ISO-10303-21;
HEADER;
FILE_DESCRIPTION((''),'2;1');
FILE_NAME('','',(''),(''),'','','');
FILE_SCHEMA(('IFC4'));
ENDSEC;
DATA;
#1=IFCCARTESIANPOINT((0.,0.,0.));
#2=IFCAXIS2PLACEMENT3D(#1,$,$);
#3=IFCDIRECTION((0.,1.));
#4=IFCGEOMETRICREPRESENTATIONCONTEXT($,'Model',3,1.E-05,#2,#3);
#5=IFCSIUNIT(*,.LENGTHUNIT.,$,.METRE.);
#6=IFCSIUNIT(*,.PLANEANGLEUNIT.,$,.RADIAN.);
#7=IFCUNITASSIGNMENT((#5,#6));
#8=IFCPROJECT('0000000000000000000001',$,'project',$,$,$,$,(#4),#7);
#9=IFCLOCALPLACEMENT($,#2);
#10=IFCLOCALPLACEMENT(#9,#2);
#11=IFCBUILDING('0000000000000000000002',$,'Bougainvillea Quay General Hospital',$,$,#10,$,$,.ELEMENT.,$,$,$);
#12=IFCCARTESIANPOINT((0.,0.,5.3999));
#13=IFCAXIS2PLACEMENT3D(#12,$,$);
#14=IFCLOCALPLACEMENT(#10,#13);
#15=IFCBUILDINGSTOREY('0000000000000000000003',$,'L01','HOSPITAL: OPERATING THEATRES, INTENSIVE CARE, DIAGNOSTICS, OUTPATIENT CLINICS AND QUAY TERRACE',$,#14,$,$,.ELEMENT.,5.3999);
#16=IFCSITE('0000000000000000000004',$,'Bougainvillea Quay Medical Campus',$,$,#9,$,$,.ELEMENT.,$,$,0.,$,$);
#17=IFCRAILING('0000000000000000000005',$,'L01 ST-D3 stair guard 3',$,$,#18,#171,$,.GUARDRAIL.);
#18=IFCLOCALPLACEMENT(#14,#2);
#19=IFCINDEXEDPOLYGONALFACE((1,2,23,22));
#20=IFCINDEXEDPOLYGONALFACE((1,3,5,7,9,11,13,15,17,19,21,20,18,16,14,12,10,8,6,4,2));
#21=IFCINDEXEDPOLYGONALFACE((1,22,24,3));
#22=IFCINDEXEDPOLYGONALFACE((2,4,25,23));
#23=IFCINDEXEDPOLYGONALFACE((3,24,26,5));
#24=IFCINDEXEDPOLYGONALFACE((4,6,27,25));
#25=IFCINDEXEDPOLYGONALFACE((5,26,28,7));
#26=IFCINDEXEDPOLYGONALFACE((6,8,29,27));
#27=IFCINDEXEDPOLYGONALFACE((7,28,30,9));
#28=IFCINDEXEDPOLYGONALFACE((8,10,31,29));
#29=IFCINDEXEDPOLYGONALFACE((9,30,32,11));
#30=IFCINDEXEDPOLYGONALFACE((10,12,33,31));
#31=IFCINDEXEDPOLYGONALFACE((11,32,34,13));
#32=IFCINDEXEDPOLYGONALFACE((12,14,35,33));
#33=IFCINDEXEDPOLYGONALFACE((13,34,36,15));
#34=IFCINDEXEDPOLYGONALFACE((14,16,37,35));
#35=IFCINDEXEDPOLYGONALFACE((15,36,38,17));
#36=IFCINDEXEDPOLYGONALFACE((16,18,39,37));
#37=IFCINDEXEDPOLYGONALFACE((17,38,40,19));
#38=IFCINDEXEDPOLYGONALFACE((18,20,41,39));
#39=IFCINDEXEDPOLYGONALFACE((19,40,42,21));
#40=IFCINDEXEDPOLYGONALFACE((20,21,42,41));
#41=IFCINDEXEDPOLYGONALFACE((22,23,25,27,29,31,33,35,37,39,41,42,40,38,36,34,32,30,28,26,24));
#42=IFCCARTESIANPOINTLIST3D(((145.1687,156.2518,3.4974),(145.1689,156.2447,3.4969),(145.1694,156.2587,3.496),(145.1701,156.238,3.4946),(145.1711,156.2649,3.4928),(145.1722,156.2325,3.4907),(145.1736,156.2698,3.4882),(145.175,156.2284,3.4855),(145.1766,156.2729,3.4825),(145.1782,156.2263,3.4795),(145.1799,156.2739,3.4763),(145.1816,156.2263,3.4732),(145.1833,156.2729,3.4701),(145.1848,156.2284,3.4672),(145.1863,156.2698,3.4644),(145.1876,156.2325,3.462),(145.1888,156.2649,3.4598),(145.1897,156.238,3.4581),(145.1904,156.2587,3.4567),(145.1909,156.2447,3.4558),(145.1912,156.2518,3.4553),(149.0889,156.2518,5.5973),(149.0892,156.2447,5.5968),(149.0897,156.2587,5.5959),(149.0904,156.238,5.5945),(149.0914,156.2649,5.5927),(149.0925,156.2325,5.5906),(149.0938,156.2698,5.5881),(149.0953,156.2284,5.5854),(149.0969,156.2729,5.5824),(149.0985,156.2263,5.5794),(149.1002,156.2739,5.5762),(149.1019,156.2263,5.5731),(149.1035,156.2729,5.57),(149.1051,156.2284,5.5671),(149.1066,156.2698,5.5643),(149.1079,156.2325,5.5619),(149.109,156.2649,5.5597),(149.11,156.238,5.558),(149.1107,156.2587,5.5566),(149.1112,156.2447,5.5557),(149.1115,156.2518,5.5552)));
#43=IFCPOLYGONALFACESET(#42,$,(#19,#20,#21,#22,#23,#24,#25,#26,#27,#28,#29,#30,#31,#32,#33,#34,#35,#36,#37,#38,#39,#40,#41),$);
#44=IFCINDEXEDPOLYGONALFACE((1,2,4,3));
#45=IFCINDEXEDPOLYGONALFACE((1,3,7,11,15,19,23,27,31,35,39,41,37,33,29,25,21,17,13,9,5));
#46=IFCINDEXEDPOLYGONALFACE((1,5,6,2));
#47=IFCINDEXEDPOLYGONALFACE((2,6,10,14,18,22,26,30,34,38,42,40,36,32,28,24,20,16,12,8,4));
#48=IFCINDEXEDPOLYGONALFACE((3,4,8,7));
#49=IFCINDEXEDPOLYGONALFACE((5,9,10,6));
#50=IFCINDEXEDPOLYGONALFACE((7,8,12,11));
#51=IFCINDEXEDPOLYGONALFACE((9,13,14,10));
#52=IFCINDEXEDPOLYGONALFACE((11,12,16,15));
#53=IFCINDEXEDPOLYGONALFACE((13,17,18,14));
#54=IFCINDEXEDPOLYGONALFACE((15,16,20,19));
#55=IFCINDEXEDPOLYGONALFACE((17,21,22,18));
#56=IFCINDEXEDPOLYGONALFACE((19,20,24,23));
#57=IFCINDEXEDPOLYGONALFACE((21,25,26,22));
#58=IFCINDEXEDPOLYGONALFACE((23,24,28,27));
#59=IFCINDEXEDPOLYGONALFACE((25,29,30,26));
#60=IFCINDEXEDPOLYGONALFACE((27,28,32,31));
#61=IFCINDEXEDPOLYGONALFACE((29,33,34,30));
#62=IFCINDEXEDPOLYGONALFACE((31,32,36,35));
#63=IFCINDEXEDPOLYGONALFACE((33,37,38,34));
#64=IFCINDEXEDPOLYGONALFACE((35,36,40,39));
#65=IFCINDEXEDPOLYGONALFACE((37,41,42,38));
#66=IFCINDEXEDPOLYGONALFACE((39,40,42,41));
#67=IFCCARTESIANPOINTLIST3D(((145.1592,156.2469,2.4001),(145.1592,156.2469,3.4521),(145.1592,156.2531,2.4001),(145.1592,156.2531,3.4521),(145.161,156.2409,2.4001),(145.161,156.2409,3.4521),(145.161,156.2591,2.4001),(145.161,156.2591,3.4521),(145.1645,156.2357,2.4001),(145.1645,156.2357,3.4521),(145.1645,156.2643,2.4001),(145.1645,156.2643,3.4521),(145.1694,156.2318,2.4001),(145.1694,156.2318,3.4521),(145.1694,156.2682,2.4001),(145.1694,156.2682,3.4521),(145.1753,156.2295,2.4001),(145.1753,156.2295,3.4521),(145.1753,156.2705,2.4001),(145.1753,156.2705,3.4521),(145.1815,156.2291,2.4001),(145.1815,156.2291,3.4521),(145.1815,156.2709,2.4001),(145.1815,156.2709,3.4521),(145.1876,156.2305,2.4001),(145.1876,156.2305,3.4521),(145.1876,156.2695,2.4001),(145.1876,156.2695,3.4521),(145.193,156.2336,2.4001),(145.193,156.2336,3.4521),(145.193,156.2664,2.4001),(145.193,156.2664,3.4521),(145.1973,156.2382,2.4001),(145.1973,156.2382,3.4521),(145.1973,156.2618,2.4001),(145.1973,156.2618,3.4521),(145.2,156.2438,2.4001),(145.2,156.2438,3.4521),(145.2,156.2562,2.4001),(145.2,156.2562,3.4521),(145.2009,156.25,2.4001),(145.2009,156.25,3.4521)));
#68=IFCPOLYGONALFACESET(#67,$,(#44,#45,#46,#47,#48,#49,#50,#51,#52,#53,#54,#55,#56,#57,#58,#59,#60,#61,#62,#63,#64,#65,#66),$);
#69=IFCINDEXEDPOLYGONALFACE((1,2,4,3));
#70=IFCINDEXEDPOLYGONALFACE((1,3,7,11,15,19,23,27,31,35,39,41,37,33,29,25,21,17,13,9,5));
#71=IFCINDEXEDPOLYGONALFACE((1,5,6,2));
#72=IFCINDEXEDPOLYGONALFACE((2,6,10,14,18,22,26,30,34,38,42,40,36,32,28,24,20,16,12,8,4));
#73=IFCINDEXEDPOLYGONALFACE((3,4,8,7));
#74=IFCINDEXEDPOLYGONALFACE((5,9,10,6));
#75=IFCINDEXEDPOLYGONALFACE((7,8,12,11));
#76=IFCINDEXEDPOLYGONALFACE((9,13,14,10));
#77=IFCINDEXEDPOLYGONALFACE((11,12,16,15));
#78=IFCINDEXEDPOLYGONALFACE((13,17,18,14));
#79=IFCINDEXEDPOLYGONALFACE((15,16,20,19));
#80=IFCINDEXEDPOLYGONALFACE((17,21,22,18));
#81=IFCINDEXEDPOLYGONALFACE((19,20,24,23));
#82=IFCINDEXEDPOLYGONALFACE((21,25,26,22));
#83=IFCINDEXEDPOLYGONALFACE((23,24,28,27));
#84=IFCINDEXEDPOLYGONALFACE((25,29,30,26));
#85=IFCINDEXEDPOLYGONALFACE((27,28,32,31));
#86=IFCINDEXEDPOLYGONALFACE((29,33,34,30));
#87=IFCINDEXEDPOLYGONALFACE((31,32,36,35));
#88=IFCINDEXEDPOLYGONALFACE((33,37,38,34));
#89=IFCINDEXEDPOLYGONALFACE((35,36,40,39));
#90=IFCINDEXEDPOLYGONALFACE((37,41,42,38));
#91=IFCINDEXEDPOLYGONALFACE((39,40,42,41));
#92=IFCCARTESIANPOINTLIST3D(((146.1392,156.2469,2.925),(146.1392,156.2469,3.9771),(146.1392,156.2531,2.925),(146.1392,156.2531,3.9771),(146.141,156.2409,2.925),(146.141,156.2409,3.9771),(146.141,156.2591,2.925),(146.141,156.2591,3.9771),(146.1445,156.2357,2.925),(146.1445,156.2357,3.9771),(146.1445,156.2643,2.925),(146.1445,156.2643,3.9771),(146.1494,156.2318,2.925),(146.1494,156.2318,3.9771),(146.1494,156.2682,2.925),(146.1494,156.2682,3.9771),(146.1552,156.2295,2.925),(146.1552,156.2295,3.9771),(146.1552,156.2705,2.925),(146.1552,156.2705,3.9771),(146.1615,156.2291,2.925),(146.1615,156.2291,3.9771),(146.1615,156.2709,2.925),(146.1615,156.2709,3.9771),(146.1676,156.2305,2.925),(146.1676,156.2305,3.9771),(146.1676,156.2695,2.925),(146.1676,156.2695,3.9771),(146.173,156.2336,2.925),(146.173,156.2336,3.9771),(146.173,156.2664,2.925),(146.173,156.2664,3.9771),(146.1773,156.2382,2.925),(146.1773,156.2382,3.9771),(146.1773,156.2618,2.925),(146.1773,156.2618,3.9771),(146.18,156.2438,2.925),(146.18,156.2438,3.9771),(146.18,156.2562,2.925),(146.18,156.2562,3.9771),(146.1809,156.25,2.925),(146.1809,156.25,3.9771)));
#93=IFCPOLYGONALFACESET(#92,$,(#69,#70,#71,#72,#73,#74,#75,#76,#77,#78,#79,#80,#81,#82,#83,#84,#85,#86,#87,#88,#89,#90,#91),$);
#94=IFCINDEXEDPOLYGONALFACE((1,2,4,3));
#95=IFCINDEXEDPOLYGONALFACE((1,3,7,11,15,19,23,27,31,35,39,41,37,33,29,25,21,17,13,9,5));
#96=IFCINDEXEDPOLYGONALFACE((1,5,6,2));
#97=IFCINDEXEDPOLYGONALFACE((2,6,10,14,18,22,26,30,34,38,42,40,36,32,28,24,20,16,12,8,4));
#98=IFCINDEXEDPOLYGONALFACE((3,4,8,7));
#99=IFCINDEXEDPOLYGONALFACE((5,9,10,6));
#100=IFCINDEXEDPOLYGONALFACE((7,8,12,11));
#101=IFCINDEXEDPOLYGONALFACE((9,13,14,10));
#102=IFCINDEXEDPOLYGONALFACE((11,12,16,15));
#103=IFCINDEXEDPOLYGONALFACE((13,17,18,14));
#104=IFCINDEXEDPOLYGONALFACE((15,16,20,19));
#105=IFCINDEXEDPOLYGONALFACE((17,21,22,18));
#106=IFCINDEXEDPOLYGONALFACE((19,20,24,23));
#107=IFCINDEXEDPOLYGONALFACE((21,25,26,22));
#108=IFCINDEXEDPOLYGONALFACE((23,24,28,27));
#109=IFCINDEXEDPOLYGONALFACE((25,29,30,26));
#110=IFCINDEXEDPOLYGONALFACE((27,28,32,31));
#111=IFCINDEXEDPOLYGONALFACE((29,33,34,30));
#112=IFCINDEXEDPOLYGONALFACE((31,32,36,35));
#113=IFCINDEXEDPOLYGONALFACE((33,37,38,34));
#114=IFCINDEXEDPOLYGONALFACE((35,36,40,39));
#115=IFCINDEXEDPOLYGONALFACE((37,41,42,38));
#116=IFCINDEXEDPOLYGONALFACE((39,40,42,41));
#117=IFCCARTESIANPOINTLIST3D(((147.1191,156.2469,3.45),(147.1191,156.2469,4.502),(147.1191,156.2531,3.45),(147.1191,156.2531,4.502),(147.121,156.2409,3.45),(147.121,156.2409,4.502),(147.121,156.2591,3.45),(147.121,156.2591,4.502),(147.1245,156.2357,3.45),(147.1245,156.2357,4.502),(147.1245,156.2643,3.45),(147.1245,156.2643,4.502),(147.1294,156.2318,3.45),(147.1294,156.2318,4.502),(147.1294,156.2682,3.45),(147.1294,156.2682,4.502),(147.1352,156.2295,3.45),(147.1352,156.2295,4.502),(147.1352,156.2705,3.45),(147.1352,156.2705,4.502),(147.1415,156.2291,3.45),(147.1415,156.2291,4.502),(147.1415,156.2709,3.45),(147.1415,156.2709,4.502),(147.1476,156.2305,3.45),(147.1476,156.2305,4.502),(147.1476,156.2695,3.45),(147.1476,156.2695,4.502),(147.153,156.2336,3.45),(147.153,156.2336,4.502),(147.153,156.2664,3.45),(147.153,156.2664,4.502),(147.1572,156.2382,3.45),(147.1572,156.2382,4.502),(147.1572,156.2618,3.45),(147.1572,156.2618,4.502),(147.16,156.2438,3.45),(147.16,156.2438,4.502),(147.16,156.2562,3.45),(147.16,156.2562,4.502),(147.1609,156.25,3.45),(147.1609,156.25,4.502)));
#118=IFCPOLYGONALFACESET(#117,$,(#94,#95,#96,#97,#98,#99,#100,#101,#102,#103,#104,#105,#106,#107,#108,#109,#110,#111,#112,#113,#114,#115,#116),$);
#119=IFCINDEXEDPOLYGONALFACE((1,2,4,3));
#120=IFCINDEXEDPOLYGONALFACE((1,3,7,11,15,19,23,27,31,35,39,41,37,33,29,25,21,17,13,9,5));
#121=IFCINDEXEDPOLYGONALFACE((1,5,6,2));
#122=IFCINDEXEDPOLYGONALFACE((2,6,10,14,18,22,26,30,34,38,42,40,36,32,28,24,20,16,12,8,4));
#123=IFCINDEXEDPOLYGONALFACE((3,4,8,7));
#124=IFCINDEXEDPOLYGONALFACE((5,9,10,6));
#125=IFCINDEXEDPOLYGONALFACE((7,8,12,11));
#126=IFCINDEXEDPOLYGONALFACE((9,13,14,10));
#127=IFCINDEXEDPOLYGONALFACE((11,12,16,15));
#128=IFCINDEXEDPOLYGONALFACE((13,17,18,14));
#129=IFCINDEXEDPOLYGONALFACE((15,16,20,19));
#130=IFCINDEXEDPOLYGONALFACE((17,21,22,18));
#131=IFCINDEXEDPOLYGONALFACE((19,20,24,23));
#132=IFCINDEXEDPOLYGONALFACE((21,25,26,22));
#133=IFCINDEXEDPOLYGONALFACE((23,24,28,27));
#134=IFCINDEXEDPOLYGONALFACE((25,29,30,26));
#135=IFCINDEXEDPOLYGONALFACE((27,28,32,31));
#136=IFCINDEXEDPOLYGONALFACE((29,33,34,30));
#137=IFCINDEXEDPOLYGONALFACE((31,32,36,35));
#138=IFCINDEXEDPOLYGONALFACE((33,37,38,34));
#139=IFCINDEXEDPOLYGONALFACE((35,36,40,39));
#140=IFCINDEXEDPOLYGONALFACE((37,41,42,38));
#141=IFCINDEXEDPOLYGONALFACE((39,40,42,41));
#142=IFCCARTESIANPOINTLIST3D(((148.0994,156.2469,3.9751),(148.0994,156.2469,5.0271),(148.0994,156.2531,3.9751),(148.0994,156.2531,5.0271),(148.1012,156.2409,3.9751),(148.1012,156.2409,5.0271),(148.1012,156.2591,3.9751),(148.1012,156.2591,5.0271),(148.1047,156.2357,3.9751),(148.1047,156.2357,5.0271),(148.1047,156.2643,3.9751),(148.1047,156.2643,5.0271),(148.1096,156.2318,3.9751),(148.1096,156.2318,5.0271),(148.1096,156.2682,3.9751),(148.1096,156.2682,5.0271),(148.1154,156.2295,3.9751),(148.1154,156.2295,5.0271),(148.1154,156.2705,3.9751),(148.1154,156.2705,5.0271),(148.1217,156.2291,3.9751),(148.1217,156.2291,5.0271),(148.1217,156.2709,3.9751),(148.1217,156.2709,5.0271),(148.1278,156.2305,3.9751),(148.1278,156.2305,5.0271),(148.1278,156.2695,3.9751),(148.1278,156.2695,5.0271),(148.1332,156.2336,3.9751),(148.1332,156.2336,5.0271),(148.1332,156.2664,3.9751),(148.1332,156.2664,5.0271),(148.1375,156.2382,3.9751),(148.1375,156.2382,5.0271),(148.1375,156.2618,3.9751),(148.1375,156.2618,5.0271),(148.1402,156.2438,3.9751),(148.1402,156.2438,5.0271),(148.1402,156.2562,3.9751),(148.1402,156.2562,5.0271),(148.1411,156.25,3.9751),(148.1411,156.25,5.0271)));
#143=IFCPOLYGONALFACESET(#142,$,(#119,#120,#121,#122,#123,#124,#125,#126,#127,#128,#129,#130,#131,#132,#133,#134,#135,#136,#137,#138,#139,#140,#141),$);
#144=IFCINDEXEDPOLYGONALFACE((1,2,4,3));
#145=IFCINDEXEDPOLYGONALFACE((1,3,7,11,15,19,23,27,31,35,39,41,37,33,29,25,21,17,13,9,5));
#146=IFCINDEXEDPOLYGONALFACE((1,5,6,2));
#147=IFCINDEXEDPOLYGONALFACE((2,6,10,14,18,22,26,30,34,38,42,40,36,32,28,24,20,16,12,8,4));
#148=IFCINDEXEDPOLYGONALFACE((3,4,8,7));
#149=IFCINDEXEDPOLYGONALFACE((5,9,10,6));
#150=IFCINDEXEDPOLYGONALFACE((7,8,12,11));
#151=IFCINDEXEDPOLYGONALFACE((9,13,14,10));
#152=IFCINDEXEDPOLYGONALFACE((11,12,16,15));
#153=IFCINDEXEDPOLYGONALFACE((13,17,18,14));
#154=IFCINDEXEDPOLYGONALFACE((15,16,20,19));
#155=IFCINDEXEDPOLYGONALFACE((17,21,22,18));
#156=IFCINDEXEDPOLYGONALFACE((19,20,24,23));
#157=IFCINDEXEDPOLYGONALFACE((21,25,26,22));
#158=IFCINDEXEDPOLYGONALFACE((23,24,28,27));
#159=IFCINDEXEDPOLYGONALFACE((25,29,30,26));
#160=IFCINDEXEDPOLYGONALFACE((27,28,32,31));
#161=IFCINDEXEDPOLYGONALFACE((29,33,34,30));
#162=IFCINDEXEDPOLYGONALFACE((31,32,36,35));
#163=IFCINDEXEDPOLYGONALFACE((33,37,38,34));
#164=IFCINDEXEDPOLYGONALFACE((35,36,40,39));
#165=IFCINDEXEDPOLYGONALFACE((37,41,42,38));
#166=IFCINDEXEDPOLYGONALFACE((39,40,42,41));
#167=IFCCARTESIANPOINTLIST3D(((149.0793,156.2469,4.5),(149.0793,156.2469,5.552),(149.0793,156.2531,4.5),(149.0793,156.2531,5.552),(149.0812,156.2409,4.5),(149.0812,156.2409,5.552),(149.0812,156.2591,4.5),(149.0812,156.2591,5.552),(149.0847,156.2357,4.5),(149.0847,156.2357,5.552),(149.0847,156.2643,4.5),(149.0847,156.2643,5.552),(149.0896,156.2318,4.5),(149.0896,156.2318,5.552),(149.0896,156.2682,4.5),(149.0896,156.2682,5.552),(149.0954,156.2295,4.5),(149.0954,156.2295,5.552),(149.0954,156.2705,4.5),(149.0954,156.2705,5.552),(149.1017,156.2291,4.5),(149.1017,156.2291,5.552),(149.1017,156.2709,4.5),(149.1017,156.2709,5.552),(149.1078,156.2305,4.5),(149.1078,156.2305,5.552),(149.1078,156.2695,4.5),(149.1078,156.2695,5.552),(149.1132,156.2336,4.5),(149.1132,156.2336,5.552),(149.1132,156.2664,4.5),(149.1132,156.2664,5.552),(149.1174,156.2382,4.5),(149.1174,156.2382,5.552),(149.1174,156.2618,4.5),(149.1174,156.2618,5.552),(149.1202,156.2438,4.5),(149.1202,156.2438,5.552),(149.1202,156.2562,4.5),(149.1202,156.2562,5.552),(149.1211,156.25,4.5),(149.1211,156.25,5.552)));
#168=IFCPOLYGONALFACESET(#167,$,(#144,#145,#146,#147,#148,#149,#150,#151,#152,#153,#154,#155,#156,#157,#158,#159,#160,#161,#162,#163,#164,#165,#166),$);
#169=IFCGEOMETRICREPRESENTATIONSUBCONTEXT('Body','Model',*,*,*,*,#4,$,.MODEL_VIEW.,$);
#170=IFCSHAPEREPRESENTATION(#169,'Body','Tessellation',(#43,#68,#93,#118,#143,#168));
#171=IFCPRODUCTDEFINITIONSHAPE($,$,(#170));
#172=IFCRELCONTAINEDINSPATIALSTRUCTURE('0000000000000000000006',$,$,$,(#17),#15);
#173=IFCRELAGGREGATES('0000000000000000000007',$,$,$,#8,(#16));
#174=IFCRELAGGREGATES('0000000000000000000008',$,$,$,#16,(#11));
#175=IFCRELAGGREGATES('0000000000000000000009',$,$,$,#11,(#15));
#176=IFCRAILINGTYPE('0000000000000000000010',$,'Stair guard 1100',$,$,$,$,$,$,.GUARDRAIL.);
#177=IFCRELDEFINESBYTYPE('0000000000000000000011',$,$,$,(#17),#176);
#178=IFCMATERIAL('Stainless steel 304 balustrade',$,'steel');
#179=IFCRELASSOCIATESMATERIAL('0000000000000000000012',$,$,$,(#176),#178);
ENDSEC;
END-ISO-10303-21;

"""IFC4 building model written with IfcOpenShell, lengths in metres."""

from ifc_helpers import new_model, si_unit, direction, frame, origin, origin_2d, place, context, subcontext, project, spatial, circle, extrude, material, type_object, element, save


model = new_model("IFC4")

# Units and contexts
model_context = context("Model", 3, precision=1e-05, world=origin(), true_north=direction((0.0, 1.0)))
body_context = subcontext(model_context, "Body", "Model", "MODEL_VIEW")
ifc_project = project(units=[si_unit("LENGTHUNIT", "METRE"), si_unit("PLANEANGLEUNIT", "RADIAN")], contexts=[model_context])

# Site, building, storey
site_placement = place(None, origin())
site = spatial("IfcSite", under=ifc_project, at=site_placement, Name="Bougainvillea Quay Medical Campus", CompositionType="ELEMENT", RefElevation=0.0)
building_placement = place(site_placement, origin())
building = spatial("IfcBuilding", under=site, at=building_placement, Name="Bougainvillea Quay General Hospital", CompositionType="ELEMENT")
storey_placement = place(building_placement, frame((0.0, 0.0, 5.3999)))
storey = spatial("IfcBuildingStorey", under=building, at=storey_placement, Name="L01", Description="HOSPITAL: OPERATING THEATRES, INTENSIVE CARE, DIAGNOSTICS, OUTPATIENT CLINICS AND QUAY TERRACE", CompositionType="ELEMENT", Elevation=5.3999)

# Railing
ifc_material_1 = material(Name="Stainless steel 304 balustrade", Category="steel")
railing_type_1 = type_object("IfcRailingType", Name="Stair guard 1100", PredefinedType="GUARDRAIL", material=ifc_material_1)
railing_1_placement = place(storey_placement, frame((145.1799, 156.25, 2.4001)))
element("IfcRailing", 1, at=railing_1_placement, inside=storey, type_object=railing_type_1, Name="L01 ST-D3 stair guard 3", PredefinedType="GUARDRAIL", context=body_context, shape_type="SweptSolid", body=[
    extrude(circle(Radius=0.0239, at=origin_2d()), frame((0.0, 0.0, 1.0762), z_axis=(0.881502, 0.0, 0.47218), x_axis=(0.0, 1.0, 0.0)), (0.0, 0.0, 1.0), 4.4473),
    extrude(circle(Radius=0.021, at=origin_2d()), origin(), (0.0, 0.0, 1.0), 1.052),
    extrude(circle(Radius=0.021, at=origin_2d()), frame((0.98, 0.0, 0.5249)), (0.0, 0.0, 1.0), 1.052),
    extrude(circle(Radius=0.021, at=origin_2d()), frame((1.96, 0.0, 1.0498)), (0.0, 0.0, 1.0), 1.052),
    extrude(circle(Radius=0.021, at=origin_2d()), frame((2.9402, 0.0, 1.575)), (0.0, 0.0, 1.0), 1.052),
    extrude(circle(Radius=0.021, at=origin_2d()), frame((3.9202, 0.0, 2.0999)), (0.0, 0.0, 1.0), 1.052),
])

save(model, "model.ifc")
